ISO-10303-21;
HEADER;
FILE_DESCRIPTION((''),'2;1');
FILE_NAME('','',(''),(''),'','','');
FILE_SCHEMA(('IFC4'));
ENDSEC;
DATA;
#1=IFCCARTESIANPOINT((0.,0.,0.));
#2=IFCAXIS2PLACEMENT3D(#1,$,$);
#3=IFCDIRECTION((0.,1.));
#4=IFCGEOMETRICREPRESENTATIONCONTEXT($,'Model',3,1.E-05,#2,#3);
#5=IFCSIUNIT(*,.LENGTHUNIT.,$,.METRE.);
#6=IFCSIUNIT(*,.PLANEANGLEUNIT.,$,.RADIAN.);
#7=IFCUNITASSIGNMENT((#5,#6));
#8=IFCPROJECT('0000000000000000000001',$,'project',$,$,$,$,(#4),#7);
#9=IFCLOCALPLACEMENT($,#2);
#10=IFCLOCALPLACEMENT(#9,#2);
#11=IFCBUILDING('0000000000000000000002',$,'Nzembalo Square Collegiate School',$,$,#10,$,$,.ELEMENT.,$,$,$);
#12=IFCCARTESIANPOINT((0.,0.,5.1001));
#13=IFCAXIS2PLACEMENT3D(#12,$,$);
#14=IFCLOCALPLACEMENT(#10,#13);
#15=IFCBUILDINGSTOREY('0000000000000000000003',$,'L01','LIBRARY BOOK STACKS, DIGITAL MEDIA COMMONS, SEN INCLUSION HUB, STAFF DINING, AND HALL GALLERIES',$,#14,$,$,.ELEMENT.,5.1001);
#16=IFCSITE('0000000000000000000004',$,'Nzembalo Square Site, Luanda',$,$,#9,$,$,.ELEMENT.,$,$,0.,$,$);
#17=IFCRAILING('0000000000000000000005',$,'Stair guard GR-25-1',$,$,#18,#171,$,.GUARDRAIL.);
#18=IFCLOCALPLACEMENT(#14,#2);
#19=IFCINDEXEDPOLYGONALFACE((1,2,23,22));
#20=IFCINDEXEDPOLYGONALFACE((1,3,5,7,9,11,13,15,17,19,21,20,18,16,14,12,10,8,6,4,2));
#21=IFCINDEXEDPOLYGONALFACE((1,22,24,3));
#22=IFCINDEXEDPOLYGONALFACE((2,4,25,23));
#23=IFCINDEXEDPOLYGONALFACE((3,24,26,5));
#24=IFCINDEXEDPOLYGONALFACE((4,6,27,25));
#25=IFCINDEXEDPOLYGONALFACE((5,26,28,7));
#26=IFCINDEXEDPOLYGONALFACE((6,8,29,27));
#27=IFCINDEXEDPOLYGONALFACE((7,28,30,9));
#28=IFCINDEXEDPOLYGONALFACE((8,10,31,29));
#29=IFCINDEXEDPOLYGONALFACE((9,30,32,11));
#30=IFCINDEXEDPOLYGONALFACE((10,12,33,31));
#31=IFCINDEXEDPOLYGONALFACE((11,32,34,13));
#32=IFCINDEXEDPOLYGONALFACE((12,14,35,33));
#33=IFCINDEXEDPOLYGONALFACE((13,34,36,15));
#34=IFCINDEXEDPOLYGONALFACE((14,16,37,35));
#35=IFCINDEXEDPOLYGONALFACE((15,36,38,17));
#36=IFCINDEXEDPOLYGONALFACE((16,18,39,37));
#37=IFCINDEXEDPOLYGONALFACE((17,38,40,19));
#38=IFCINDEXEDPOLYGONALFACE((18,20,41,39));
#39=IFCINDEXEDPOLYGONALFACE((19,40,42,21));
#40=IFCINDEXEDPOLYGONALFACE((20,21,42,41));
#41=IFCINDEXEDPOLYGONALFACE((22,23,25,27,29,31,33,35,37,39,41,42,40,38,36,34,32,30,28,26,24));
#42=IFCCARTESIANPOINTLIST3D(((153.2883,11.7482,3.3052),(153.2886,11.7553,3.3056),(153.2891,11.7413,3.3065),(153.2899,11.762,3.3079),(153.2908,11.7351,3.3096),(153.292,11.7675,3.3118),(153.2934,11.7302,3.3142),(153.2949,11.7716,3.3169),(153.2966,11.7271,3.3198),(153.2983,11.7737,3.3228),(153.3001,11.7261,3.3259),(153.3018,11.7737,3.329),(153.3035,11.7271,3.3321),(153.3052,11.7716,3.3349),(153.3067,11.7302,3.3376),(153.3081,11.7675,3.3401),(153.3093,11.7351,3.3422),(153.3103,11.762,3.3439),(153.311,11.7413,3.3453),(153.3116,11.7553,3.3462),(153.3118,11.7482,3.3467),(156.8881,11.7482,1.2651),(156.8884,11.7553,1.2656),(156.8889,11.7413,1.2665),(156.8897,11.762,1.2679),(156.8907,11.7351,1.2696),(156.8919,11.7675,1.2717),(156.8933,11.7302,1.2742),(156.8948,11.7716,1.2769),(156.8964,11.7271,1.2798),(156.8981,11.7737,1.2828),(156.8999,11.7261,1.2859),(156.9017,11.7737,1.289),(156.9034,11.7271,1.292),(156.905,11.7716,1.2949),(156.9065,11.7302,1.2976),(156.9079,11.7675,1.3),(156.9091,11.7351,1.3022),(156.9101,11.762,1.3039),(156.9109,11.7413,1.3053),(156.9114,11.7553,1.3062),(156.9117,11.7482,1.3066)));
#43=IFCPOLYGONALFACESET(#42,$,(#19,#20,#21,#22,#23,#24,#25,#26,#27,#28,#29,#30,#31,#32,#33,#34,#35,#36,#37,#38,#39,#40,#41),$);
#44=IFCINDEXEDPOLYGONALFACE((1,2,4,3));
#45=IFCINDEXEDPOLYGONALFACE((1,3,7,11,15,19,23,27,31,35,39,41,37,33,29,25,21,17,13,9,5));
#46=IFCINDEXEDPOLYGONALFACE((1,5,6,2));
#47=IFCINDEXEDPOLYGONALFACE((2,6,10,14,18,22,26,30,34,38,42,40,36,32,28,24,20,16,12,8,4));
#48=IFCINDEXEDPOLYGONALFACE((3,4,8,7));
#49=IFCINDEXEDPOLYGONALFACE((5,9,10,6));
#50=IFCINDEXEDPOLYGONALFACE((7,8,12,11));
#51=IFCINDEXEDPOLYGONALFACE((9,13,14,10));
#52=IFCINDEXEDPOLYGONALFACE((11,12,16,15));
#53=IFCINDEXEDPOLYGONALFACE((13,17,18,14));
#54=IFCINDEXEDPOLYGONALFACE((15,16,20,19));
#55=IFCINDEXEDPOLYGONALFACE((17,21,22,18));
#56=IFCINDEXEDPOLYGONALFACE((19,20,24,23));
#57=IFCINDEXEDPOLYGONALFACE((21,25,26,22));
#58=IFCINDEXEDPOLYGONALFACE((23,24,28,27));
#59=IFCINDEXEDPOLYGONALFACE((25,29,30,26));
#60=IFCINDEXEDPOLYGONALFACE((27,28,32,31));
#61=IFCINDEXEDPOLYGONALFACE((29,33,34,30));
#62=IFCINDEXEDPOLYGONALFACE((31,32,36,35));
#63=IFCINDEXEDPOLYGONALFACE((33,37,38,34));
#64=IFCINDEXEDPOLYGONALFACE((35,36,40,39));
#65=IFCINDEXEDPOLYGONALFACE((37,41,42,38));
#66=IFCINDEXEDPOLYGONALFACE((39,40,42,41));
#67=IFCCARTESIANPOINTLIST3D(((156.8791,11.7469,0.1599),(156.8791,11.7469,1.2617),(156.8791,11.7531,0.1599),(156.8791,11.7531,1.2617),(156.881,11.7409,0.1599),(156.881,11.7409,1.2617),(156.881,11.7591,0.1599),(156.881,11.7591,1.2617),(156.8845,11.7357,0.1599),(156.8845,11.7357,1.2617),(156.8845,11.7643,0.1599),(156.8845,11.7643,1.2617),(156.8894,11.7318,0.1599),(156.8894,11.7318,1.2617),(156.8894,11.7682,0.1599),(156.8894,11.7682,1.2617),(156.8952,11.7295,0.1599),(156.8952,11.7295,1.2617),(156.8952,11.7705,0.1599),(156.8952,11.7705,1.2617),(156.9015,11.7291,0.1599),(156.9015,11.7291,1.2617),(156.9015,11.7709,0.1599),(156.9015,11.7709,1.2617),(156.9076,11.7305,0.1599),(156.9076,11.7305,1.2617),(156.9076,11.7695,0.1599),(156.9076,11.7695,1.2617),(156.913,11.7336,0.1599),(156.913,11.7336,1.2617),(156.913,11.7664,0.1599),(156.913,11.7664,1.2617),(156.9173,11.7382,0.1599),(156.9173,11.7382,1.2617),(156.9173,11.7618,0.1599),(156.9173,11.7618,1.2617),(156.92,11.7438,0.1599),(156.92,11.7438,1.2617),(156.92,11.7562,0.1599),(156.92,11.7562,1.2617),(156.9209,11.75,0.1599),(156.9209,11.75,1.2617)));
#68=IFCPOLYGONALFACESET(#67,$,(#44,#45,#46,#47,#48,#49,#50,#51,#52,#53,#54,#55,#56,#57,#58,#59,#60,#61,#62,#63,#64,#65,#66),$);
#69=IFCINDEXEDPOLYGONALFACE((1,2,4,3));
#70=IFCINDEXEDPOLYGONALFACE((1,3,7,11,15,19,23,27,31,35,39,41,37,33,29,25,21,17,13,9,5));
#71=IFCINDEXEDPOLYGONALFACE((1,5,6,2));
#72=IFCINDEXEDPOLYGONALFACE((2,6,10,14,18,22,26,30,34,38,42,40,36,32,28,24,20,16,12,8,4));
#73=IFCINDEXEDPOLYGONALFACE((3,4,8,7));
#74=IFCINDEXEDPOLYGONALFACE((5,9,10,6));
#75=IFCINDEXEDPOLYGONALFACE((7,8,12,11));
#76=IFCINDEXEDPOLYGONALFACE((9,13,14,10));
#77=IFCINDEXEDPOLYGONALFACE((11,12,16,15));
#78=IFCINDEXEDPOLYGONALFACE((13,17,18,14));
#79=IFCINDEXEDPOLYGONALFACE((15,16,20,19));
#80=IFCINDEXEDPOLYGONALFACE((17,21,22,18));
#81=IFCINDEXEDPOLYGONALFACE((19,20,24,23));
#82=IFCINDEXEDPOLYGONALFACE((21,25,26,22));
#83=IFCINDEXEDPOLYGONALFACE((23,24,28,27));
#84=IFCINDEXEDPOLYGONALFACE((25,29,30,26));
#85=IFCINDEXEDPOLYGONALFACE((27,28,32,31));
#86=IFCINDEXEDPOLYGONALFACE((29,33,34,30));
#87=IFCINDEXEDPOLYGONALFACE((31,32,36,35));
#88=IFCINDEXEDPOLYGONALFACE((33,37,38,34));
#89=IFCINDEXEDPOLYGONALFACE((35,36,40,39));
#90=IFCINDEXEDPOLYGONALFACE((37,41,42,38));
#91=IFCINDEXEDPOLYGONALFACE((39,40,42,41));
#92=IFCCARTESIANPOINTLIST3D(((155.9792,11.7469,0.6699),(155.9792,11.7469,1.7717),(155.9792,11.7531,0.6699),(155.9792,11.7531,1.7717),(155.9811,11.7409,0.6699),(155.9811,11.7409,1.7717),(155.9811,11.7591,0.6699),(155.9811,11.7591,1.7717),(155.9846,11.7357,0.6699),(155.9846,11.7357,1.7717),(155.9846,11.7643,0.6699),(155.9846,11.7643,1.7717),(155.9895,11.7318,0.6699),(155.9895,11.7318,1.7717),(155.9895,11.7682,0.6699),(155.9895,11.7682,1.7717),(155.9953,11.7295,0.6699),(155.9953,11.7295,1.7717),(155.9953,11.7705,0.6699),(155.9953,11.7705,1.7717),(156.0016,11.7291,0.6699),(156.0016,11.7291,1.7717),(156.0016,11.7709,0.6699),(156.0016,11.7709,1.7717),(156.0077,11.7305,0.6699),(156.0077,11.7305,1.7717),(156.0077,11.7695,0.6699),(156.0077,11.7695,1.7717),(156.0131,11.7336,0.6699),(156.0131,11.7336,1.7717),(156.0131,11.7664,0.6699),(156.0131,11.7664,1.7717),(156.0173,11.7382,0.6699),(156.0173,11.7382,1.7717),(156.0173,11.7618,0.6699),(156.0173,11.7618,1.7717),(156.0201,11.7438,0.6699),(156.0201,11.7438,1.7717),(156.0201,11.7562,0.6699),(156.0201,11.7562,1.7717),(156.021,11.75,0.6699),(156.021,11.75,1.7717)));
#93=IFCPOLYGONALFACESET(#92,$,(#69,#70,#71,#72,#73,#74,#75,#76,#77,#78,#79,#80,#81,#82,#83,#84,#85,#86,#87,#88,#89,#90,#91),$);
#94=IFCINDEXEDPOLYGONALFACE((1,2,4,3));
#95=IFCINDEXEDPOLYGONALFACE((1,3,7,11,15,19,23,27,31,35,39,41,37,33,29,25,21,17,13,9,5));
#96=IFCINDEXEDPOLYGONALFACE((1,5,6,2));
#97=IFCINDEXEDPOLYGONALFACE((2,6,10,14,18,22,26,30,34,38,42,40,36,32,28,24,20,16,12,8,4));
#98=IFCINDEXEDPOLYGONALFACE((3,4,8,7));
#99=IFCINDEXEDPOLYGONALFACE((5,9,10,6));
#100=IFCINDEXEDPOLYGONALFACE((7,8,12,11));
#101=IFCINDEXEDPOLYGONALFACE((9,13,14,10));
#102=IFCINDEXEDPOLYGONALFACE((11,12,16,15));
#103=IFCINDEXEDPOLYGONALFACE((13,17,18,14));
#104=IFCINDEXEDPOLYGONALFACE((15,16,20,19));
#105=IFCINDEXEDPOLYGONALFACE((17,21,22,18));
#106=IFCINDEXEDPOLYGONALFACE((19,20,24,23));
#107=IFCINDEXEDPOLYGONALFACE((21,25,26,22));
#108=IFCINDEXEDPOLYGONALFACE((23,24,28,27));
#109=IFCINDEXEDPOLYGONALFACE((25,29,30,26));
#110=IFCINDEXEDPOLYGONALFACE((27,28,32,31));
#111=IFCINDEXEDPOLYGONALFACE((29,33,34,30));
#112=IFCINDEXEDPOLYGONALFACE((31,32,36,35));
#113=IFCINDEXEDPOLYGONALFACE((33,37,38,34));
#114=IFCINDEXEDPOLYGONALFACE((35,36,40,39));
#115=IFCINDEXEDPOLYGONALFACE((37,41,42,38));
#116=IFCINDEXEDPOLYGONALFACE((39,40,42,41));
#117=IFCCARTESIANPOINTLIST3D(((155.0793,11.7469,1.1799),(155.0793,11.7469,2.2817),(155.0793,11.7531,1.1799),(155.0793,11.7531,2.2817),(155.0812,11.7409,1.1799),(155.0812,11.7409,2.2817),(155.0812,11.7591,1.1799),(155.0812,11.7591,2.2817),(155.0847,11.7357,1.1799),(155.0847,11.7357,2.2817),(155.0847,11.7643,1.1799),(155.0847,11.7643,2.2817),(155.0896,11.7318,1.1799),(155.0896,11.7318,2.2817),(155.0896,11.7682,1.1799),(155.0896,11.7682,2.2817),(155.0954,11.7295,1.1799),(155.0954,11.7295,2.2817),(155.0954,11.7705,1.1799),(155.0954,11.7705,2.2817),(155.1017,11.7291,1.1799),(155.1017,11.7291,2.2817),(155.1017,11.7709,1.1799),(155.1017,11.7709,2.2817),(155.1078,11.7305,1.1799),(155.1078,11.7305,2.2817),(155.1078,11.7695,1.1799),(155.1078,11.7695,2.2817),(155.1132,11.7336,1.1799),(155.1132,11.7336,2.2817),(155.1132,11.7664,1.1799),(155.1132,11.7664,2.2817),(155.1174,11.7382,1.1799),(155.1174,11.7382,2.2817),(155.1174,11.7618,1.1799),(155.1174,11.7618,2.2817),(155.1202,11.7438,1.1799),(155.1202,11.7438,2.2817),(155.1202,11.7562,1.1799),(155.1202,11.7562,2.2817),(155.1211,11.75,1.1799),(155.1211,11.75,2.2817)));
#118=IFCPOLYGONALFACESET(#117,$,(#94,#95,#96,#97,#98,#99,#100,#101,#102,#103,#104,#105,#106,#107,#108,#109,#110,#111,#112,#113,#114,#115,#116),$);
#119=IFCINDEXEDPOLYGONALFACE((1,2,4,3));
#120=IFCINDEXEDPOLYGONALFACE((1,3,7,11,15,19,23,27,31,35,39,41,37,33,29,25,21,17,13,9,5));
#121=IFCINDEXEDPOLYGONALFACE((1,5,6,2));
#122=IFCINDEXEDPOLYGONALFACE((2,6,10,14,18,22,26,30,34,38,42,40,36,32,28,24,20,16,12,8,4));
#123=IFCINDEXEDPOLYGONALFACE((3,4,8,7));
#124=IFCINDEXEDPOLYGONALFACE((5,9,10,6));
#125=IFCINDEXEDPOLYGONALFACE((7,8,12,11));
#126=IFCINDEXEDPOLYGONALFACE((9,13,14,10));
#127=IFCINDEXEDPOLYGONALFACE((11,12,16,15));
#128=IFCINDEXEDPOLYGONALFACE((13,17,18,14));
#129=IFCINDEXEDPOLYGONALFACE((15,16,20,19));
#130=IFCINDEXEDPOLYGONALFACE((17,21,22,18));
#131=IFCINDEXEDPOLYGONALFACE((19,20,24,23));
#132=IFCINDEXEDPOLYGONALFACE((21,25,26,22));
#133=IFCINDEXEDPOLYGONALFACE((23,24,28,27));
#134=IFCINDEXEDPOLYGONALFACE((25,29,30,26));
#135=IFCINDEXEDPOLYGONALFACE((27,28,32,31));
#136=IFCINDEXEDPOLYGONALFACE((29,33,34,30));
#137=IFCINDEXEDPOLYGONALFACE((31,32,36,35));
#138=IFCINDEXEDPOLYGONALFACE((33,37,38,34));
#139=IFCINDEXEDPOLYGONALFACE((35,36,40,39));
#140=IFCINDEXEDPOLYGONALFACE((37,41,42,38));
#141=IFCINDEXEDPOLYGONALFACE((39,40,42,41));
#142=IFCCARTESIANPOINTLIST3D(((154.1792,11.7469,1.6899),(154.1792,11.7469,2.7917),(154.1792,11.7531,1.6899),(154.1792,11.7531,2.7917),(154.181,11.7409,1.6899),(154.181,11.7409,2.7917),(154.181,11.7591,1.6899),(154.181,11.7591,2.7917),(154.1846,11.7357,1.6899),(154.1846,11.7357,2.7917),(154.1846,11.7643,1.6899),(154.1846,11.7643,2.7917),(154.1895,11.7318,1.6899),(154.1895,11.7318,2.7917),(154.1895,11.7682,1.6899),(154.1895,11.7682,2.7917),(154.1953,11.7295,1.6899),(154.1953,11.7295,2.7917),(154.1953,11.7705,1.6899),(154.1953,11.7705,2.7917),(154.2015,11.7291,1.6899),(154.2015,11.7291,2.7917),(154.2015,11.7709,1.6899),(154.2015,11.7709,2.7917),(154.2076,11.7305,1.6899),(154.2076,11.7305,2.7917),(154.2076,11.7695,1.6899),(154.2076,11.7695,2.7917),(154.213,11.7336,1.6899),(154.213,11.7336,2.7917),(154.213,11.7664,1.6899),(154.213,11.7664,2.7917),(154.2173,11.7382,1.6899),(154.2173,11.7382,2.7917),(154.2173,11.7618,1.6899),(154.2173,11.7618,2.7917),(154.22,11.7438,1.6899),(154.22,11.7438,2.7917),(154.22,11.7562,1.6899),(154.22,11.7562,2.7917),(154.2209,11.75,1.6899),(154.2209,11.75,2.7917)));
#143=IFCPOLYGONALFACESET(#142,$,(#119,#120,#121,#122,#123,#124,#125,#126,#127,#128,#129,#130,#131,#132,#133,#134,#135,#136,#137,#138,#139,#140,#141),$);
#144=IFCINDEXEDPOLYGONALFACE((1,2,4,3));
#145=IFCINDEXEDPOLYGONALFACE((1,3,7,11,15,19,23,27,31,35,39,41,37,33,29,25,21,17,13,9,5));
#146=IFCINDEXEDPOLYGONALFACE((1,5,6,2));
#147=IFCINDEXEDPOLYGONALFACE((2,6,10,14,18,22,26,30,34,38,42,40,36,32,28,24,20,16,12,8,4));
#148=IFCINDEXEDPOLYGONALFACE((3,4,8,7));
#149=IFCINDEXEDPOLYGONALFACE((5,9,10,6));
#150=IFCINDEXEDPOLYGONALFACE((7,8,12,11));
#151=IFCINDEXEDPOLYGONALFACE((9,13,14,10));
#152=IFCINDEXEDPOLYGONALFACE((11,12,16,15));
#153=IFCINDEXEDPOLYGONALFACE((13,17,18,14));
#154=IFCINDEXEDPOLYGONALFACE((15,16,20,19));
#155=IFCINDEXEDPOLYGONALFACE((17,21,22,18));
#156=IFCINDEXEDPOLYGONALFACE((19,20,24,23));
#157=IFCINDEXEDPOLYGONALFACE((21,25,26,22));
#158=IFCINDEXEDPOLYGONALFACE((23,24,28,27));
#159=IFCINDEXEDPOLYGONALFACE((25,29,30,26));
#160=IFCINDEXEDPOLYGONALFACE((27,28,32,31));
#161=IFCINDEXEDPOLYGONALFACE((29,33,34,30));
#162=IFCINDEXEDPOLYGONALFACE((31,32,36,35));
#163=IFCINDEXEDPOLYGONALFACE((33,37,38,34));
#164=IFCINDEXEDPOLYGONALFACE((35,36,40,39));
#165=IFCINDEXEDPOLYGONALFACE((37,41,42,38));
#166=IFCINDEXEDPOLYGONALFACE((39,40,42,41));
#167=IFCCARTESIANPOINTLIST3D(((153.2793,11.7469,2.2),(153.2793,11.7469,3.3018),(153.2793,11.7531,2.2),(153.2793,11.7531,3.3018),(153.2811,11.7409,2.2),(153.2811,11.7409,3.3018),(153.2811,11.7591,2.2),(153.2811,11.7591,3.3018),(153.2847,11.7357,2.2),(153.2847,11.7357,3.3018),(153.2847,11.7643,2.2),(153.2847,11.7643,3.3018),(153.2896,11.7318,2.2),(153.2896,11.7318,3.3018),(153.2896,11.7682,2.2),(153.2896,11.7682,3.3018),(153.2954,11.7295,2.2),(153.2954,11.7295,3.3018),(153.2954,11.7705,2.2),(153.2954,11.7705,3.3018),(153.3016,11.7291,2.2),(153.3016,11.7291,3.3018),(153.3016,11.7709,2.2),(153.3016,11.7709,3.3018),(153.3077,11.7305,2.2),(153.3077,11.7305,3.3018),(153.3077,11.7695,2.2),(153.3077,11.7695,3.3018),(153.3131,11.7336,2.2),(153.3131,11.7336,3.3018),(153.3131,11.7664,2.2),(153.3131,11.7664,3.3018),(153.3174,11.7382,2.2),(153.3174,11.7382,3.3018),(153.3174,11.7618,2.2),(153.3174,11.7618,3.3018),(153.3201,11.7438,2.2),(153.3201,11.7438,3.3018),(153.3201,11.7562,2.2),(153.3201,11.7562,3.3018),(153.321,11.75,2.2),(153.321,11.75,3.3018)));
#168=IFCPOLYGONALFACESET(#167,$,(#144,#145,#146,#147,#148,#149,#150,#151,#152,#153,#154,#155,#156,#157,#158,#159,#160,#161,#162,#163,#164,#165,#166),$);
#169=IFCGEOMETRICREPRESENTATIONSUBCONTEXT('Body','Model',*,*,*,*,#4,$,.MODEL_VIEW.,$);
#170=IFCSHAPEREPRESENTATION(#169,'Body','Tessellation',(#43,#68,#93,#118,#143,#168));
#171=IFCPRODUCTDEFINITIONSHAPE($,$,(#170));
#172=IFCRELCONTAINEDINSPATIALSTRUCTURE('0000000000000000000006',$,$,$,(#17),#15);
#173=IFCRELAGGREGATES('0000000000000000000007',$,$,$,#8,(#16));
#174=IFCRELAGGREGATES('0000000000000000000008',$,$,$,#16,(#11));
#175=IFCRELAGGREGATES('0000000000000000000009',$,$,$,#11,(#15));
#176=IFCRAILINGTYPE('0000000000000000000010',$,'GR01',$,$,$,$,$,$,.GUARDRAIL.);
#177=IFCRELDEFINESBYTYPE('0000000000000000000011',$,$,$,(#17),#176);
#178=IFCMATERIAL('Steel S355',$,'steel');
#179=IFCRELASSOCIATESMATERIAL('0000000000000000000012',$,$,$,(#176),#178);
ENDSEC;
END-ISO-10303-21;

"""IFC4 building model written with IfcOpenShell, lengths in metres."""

from ifc_helpers import new_model, si_unit, direction, frame, origin, origin_2d, place, context, subcontext, project, spatial, circle, extrude, material, type_object, element, save


model = new_model("IFC4")

# Units and contexts
model_context = context("Model", 3, precision=1e-05, world=origin(), true_north=direction((0.0, 1.0)))
body_context = subcontext(model_context, "Body", "Model", "MODEL_VIEW")
ifc_project = project(units=[si_unit("LENGTHUNIT", "METRE"), si_unit("PLANEANGLEUNIT", "RADIAN")], contexts=[model_context])

# Site, building, storey
site_placement = place(None, origin())
site = spatial("IfcSite", under=ifc_project, at=site_placement, Name="Nzembalo Square Site, Luanda", CompositionType="ELEMENT", RefElevation=0.0)
building_placement = place(site_placement, origin())
building = spatial("IfcBuilding", under=site, at=building_placement, Name="Nzembalo Square Collegiate School", CompositionType="ELEMENT")
storey_placement = place(building_placement, frame((0.0, 0.0, 5.1001)))
storey = spatial("IfcBuildingStorey", under=building, at=storey_placement, Name="L01", Description="LIBRARY BOOK STACKS, DIGITAL MEDIA COMMONS, SEN INCLUSION HUB, STAFF DINING, AND HALL GALLERIES", CompositionType="ELEMENT", Elevation=5.1001)

# Railing
ifc_material_1 = material(Name="Steel S355", Category="steel")
railing_type_1 = type_object("IfcRailingType", Name="GR01", PredefinedType="GUARDRAIL", material=ifc_material_1)
railing_1_placement = place(storey_placement, frame((156.8999, 11.75, 0.1599)))
element("IfcRailing", 1, at=railing_1_placement, inside=storey, type_object=railing_type_1, Name="Stair guard GR-25-1", PredefinedType="GUARDRAIL", context=body_context, shape_type="SweptSolid", body=[
    extrude(circle(Radius=0.0239, at=origin_2d()), frame((0.0, 0.0, 1.126), z_axis=(-0.87001, 0.0, 0.493035), x_axis=(0.0, -1.0, 0.0)), (0.0, 0.0, 1.0), 4.1377),
    extrude(circle(Radius=0.021, at=origin_2d()), origin(), (0.0, 0.0, 1.0), 1.1018),
    extrude(circle(Radius=0.021, at=origin_2d()), frame((-0.8999, 0.0, 0.51)), (0.0, 0.0, 1.0), 1.1018),
    extrude(circle(Radius=0.021, at=origin_2d()), frame((-1.7998, 0.0, 1.02)), (0.0, 0.0, 1.0), 1.1018),
    extrude(circle(Radius=0.021, at=origin_2d()), frame((-2.7, 0.0, 1.53)), (0.0, 0.0, 1.0), 1.1018),
    extrude(circle(Radius=0.021, at=origin_2d()), frame((-3.5999, 0.0, 2.04)), (0.0, 0.0, 1.0), 1.1018),
])

save(model, "model.ifc")
